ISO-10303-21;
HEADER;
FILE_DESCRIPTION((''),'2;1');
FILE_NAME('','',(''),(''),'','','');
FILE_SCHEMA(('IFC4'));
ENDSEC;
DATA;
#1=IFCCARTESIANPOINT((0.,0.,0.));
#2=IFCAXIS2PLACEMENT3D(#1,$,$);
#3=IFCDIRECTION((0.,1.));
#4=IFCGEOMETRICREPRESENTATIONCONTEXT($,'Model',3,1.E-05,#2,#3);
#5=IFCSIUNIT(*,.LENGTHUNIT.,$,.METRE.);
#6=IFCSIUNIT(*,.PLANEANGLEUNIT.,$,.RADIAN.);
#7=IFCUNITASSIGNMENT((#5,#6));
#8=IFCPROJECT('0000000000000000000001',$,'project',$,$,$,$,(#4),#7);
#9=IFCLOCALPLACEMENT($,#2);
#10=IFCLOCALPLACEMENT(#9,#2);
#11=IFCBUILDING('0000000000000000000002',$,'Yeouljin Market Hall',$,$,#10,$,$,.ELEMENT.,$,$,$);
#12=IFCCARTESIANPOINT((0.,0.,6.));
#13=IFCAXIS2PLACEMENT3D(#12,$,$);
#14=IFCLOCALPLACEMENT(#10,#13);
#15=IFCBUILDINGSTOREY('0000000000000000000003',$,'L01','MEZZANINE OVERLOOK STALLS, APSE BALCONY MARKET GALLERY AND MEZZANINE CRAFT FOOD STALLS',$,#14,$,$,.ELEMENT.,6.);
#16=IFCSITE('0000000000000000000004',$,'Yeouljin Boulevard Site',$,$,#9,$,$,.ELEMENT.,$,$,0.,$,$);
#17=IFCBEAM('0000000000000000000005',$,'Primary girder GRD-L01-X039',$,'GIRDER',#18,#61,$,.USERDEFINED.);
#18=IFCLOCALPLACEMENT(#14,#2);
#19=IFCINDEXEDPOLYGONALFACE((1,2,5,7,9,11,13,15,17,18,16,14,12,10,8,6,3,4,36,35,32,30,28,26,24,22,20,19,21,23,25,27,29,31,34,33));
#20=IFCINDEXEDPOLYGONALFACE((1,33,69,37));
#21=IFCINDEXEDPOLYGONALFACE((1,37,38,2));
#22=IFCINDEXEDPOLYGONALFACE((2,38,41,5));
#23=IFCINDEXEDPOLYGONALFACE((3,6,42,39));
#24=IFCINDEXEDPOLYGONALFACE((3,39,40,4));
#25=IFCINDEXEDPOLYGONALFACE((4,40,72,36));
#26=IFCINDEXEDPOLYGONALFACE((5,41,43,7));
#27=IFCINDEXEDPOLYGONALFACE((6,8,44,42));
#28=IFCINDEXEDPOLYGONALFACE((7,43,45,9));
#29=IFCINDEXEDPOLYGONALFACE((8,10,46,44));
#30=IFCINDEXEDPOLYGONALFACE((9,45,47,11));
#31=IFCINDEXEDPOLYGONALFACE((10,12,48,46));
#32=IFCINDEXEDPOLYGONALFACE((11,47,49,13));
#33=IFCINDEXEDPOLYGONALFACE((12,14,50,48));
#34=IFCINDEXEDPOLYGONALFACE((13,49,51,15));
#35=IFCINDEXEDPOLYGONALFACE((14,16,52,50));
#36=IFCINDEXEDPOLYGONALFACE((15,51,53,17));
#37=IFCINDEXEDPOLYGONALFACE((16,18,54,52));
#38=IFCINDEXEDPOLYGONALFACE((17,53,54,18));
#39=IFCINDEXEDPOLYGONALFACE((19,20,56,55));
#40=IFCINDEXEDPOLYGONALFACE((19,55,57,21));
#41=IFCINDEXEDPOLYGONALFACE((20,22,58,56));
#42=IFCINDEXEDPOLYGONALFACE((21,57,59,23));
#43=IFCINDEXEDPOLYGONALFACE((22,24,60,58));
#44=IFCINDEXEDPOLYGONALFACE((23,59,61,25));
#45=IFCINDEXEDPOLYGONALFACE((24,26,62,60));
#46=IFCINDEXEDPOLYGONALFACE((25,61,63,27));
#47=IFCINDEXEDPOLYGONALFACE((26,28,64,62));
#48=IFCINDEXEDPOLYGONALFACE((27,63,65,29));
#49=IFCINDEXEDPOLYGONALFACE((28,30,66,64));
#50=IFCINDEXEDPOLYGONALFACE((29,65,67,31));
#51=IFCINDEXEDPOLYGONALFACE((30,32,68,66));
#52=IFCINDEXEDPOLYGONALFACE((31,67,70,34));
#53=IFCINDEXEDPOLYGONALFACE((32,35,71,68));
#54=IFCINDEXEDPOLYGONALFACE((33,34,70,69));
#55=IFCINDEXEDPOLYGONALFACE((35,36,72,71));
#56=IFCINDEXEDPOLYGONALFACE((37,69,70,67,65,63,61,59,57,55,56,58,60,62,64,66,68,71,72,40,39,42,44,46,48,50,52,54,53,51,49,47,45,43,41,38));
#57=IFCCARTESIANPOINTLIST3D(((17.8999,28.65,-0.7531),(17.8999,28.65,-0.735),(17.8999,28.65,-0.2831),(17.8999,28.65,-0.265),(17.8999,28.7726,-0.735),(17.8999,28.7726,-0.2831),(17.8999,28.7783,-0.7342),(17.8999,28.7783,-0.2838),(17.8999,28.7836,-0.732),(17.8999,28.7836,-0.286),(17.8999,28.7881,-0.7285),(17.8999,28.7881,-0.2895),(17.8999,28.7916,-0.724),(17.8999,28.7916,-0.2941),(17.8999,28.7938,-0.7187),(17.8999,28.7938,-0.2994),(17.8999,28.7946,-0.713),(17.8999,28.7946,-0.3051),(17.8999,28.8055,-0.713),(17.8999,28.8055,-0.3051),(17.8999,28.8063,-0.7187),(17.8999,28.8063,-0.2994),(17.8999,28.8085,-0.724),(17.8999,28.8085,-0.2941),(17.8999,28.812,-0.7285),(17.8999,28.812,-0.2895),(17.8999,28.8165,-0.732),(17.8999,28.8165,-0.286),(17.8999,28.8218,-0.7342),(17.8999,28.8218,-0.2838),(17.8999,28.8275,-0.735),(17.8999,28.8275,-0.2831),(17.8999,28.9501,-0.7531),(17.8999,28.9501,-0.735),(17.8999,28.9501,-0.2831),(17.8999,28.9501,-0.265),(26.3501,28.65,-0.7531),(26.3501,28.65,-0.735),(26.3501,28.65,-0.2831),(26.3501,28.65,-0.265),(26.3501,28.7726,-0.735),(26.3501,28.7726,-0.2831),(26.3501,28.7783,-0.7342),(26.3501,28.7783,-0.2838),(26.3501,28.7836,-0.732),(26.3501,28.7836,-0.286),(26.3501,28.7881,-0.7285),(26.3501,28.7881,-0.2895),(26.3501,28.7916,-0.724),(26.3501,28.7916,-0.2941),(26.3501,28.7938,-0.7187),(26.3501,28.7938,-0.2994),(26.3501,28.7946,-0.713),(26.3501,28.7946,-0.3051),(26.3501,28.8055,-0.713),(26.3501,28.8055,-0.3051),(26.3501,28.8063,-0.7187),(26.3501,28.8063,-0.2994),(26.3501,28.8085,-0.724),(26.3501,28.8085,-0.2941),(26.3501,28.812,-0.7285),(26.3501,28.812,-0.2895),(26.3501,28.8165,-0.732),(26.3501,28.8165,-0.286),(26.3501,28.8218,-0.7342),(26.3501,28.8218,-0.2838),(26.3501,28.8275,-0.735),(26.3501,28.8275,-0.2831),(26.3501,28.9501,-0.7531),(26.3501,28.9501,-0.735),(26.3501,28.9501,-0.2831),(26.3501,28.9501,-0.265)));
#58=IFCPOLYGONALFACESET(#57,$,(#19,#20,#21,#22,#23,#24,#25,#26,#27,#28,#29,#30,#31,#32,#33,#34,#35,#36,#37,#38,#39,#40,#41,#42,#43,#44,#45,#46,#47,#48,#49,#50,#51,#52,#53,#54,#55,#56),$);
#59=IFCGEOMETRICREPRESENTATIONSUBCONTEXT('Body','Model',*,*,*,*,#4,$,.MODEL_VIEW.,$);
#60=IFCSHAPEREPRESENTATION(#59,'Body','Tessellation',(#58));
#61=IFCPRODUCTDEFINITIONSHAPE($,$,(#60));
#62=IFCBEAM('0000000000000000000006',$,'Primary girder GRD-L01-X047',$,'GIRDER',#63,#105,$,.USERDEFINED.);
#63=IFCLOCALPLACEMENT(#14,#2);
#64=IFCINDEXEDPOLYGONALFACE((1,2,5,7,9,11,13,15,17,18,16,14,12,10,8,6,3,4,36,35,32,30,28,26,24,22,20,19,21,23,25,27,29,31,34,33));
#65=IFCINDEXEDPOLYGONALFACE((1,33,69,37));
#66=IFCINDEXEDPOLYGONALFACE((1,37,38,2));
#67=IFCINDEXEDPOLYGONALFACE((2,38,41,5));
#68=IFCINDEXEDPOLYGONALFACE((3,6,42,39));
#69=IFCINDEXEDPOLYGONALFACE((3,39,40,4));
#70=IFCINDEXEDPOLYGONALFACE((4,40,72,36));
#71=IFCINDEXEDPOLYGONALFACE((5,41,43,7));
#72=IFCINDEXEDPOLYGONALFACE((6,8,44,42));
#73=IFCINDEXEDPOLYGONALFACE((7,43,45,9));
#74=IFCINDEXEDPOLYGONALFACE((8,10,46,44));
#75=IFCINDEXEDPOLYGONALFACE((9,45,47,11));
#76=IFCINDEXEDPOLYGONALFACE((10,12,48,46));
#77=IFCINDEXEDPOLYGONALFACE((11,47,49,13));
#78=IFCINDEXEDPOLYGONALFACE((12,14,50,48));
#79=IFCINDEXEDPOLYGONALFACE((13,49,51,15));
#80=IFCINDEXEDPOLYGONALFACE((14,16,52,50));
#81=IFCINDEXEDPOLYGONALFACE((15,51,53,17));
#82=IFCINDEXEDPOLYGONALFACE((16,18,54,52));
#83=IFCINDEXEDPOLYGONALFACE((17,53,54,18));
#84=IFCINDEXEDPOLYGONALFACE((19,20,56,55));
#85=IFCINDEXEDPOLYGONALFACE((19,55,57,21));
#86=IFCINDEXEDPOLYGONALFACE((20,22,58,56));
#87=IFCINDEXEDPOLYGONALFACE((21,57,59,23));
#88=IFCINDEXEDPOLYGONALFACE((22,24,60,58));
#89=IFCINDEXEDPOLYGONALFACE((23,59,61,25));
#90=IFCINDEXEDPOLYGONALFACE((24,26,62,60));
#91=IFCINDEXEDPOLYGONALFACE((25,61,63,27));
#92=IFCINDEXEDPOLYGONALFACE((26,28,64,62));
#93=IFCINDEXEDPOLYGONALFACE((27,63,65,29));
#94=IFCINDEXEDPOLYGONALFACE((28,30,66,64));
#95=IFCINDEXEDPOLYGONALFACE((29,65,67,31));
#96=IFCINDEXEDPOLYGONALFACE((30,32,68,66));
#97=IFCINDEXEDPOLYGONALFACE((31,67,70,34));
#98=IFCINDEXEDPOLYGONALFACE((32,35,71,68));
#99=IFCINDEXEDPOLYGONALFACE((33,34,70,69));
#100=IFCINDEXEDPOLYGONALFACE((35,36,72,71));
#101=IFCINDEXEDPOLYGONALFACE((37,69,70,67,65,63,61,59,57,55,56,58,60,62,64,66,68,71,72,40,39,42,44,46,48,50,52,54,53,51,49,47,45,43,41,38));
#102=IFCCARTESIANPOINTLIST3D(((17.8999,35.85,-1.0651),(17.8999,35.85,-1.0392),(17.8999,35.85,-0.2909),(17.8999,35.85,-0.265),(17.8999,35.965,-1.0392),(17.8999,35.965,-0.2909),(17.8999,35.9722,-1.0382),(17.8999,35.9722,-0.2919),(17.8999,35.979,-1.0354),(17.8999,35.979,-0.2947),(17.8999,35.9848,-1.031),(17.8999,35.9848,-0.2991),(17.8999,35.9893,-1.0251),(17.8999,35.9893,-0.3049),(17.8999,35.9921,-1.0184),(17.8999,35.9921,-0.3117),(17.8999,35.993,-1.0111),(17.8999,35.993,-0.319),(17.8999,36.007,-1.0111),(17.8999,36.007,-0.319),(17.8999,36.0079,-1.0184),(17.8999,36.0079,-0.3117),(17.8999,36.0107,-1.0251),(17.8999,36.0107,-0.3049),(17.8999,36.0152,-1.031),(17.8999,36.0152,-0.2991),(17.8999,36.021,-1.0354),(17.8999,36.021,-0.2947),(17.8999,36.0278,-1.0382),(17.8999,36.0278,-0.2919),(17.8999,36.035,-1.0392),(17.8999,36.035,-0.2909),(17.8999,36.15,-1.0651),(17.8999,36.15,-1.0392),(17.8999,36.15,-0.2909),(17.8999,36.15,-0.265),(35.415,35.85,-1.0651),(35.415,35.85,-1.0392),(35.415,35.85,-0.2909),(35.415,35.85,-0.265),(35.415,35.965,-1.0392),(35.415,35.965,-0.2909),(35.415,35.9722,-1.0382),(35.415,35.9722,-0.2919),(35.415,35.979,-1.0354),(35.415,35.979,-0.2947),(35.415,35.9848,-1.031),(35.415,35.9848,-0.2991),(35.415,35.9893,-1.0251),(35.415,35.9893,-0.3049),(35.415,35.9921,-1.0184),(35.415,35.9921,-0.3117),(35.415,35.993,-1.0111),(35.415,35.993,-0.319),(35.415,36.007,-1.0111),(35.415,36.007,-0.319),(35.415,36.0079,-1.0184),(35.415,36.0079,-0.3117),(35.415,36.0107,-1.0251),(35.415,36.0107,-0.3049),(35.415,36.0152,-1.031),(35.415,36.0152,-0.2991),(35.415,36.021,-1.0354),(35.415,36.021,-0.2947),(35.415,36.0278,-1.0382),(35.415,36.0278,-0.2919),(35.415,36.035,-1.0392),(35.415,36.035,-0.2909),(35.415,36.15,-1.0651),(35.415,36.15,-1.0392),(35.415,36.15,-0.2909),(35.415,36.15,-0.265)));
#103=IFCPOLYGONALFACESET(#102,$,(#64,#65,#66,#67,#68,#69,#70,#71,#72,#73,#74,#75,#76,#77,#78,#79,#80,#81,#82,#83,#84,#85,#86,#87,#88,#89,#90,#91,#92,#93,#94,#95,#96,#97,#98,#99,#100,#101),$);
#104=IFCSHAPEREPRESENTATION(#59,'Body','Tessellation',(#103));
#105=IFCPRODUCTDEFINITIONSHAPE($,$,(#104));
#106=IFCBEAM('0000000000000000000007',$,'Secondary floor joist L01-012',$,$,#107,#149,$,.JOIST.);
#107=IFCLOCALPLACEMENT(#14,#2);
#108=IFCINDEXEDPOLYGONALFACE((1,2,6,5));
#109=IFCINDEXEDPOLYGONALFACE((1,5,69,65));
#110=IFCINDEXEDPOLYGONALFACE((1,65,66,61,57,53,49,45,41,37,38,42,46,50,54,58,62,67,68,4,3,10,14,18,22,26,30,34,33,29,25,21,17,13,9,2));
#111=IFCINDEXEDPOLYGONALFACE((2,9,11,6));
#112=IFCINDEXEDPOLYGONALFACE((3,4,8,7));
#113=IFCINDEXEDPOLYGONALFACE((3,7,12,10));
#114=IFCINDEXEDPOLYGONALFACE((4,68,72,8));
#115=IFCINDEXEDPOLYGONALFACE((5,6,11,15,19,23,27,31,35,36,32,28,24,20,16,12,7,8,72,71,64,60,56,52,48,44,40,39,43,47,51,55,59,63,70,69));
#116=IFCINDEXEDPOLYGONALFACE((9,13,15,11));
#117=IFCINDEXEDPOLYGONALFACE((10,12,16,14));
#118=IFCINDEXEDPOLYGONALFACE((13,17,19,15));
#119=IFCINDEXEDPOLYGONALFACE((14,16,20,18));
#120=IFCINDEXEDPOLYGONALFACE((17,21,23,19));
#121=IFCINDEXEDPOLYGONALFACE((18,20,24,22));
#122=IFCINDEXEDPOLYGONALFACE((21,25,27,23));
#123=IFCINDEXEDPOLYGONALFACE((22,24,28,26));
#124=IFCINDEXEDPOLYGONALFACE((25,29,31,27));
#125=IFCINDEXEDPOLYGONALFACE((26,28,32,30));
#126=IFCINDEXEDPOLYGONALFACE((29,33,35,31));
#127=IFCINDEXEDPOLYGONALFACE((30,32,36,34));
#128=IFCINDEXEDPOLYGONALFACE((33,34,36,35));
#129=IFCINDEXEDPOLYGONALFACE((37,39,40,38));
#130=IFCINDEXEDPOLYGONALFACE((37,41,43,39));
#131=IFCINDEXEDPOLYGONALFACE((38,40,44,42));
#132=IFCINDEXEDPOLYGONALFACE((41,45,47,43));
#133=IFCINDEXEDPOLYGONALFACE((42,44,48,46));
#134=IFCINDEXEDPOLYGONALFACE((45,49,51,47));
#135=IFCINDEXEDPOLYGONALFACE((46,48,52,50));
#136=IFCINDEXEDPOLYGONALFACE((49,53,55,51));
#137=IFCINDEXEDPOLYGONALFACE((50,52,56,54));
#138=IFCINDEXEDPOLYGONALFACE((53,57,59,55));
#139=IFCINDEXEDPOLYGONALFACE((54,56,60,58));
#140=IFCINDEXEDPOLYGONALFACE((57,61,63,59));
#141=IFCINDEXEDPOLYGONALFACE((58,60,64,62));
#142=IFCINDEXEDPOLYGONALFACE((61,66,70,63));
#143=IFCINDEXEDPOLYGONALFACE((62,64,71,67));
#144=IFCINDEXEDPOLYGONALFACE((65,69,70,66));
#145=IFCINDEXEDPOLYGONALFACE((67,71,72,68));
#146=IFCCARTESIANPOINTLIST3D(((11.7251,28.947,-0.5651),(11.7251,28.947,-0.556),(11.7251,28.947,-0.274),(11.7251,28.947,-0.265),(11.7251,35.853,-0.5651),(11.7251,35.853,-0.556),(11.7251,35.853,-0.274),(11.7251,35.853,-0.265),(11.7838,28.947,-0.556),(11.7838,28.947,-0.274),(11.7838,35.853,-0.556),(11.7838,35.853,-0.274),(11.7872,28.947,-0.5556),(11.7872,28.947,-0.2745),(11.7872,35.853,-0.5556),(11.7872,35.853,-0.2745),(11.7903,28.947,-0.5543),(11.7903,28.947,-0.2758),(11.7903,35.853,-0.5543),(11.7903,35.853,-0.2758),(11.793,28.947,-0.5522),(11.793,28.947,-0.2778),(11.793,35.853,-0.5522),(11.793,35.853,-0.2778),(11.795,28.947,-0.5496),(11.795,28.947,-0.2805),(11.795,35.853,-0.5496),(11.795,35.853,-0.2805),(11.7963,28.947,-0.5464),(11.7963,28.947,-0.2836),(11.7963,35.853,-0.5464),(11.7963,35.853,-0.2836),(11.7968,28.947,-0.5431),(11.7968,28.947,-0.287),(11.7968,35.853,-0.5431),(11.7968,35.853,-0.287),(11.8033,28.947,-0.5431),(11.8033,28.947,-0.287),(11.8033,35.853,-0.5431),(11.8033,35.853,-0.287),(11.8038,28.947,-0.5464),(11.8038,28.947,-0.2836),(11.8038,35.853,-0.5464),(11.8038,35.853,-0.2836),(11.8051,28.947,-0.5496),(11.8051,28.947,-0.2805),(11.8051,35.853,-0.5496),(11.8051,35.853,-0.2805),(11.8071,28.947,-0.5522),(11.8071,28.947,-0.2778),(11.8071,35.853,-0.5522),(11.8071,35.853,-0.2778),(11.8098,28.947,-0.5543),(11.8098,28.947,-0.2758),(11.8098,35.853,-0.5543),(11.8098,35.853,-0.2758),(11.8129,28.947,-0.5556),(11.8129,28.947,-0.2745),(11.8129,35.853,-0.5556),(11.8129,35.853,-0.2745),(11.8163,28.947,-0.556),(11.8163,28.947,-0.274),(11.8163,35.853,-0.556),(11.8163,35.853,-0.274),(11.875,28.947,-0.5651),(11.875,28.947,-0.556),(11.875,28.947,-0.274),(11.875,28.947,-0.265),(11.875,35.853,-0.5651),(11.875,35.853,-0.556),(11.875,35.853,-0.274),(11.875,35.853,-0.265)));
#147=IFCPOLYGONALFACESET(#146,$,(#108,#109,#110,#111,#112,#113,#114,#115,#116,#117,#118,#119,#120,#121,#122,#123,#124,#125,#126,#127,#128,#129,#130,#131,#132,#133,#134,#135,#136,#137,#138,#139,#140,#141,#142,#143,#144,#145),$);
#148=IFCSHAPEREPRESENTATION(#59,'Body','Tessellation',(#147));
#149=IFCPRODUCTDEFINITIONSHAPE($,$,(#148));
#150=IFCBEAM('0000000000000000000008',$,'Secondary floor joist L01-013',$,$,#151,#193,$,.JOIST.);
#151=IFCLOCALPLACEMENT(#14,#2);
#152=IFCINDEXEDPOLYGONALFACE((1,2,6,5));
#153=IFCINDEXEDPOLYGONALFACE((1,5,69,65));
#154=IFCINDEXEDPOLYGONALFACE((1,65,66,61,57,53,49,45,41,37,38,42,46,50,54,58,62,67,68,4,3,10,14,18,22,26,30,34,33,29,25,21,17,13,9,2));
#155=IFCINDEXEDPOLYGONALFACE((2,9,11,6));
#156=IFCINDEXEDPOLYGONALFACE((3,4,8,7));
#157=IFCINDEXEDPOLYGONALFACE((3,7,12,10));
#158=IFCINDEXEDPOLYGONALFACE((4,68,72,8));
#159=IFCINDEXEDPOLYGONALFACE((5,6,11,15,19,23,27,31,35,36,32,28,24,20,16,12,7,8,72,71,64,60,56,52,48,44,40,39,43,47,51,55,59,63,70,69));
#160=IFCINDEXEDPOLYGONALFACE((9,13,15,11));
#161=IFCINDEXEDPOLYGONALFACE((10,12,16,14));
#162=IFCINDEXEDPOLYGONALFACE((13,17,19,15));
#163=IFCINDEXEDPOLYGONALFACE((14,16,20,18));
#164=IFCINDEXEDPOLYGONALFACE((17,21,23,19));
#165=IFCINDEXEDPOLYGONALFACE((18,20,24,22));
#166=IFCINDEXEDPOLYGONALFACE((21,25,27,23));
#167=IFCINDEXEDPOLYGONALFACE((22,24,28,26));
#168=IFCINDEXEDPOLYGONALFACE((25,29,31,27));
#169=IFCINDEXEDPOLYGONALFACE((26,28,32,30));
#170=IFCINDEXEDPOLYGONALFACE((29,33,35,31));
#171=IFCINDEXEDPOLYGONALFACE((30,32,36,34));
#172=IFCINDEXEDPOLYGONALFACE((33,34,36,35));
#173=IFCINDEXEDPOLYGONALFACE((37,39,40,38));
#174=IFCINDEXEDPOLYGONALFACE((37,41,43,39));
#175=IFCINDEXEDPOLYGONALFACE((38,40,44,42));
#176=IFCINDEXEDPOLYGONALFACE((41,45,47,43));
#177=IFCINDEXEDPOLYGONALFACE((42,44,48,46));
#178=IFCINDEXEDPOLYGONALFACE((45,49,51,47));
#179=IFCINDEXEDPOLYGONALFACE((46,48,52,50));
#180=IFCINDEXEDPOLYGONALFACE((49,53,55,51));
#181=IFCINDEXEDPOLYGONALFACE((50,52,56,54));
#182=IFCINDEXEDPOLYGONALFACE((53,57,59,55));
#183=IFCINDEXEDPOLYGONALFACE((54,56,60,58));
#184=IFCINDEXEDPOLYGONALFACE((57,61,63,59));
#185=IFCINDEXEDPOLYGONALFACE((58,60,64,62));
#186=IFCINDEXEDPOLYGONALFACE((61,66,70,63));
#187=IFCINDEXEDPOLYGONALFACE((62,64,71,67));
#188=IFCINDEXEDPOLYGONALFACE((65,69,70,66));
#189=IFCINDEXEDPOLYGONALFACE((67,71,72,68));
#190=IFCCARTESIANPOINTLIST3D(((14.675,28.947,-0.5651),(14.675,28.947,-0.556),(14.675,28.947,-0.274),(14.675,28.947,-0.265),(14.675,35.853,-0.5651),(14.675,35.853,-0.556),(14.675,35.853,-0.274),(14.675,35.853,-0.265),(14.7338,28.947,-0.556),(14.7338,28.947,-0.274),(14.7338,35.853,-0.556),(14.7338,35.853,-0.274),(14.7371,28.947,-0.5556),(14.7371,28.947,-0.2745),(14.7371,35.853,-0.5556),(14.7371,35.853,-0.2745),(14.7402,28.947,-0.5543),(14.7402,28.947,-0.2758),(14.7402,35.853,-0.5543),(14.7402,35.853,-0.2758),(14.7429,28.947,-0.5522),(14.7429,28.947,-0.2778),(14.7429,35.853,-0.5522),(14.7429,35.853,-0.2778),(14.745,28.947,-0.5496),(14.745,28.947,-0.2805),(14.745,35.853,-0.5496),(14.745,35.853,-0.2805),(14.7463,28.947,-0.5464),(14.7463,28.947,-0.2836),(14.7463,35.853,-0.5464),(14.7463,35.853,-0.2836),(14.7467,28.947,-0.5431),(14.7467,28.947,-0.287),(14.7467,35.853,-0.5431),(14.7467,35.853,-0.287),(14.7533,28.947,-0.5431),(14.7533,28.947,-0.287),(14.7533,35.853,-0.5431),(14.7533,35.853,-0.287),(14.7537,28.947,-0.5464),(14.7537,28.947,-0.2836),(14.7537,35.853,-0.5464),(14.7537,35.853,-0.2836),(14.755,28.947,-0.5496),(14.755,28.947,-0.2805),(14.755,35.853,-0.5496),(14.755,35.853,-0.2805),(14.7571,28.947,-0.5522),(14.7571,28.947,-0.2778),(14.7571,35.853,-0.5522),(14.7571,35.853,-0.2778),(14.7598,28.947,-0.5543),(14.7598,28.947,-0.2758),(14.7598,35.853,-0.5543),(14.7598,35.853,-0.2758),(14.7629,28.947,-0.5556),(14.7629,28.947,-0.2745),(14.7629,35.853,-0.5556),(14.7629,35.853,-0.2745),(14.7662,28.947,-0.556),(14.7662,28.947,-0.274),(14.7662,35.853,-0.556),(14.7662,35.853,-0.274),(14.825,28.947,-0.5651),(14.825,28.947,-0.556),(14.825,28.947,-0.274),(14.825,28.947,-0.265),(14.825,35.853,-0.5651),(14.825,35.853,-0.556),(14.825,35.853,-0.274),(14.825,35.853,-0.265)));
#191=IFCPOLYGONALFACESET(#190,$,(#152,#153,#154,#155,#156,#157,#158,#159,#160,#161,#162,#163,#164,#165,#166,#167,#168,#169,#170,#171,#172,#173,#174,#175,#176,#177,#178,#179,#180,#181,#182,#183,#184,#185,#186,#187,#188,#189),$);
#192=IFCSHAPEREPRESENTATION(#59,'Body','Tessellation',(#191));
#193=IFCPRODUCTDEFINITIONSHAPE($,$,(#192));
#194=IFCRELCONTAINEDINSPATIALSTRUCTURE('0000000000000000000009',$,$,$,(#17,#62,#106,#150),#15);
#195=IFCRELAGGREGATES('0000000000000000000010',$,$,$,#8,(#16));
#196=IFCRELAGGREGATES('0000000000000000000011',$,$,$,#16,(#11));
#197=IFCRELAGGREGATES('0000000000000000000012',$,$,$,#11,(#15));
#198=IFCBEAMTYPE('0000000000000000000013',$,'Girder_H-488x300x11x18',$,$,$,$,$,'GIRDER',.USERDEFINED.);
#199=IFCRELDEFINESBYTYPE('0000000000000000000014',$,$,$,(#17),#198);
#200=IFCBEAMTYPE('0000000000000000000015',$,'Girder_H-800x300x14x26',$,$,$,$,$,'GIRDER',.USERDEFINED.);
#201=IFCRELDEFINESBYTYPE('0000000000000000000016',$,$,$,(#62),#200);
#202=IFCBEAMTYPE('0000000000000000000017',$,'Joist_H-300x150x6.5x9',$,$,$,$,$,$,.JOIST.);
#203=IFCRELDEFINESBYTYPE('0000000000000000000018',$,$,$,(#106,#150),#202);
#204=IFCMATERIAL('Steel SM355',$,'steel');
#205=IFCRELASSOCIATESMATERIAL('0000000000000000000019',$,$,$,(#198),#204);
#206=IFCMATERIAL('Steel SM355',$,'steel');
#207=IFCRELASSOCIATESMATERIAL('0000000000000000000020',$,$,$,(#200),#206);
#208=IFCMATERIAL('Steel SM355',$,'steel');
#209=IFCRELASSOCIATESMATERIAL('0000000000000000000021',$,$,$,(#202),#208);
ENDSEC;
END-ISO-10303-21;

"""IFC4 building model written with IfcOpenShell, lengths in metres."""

from ifc_helpers import new_model, si_unit, direction, frame, origin, origin_2d, place, context, subcontext, project, spatial, i_section, extrude, material, material_profile, profile_set, type_object, element, save


model = new_model("IFC4")

# Units and contexts
model_context = context("Model", 3, precision=1e-05, world=origin(), true_north=direction((0.0, 1.0)))
body_context = subcontext(model_context, "Body", "Model", "MODEL_VIEW")
ifc_project = project(units=[si_unit("LENGTHUNIT", "METRE"), si_unit("PLANEANGLEUNIT", "RADIAN")], contexts=[model_context])

# Site, building, storey
site_placement = place(None, origin())
site = spatial("IfcSite", under=ifc_project, at=site_placement, Name="Yeouljin Boulevard Site", CompositionType="ELEMENT", RefElevation=0.0)
building_placement = place(site_placement, origin())
building = spatial("IfcBuilding", under=site, at=building_placement, Name="Yeouljin Market Hall", CompositionType="ELEMENT")
storey_placement = place(building_placement, frame((0.0, 0.0, 6.0)))
storey = spatial("IfcBuildingStorey", under=building, at=storey_placement, Name="L01", Description="MEZZANINE OVERLOOK STALLS, APSE BALCONY MARKET GALLERY AND MEZZANINE CRAFT FOOD STALLS", CompositionType="ELEMENT", Elevation=6.0)

# Beams
ifc_material_1 = material(Name="Steel SM355", Category="steel")
ifc_material_profile_1 = material_profile(ifc_material_1, i_section(OverallWidth=0.3, OverallDepth=0.488, WebThickness=0.011, FlangeThickness=0.0181, FilletRadius=0.022, at=origin_2d()), Name="H-488x300x11x18")
ifc_profile_set_1 = profile_set([ifc_material_profile_1], Name="Steel SM355")
beam_type_1 = type_object("IfcBeamType", Name="Girder_H-488x300x11x18", ElementType="GIRDER", PredefinedType="USERDEFINED", material=ifc_profile_set_1)
beam_1_placement = place(storey_placement, frame((17.8999, 28.8, -0.509), z_axis=(1.0, 0.0, 0.0), x_axis=(0.0, 1.0, 0.0)))
element("IfcBeam", 1, at=beam_1_placement, inside=storey, type_object=beam_type_1, Name="Primary girder GRD-L01-X039", ObjectType="GIRDER", PredefinedType="USERDEFINED", context=body_context, shape_type="SweptSolid", body=[
    extrude(i_section(OverallWidth=0.3, OverallDepth=0.488, WebThickness=0.011, FlangeThickness=0.0181, FilletRadius=0.022, at=origin_2d()), origin(), (0.0, 0.0, 1.0), 8.4502),
])
ifc_material_2 = material(Name="Steel SM355", Category="steel")
ifc_material_profile_2 = material_profile(ifc_material_2, i_section(OverallWidth=0.3, OverallDepth=0.8, WebThickness=0.0139, FlangeThickness=0.0259, FilletRadius=0.0281, at=origin_2d()), Name="H-800x300x14x26")
ifc_profile_set_2 = profile_set([ifc_material_profile_2], Name="Steel SM355")
beam_type_2 = type_object("IfcBeamType", Name="Girder_H-800x300x14x26", ElementType="GIRDER", PredefinedType="USERDEFINED", material=ifc_profile_set_2)
beam_2_placement = place(storey_placement, frame((17.8999, 36.0, -0.665), z_axis=(1.0, 0.0, 0.0), x_axis=(0.0, 1.0, 0.0)))
element("IfcBeam", 2, at=beam_2_placement, inside=storey, type_object=beam_type_2, Name="Primary girder GRD-L01-X047", ObjectType="GIRDER", PredefinedType="USERDEFINED", context=body_context, shape_type="SweptSolid", body=[
    extrude(i_section(OverallWidth=0.3, OverallDepth=0.8, WebThickness=0.0139, FlangeThickness=0.0259, FilletRadius=0.0281, at=origin_2d()), origin(), (0.0, 0.0, 1.0), 17.5151),
])
ifc_material_3 = material(Name="Steel SM355", Category="steel")
ifc_material_profile_3 = material_profile(ifc_material_3, i_section(OverallWidth=0.1499, OverallDepth=0.3, WebThickness=0.0066, FlangeThickness=0.009, FilletRadius=0.0129, at=origin_2d()), Name="H-300x150x6.5x9")
ifc_profile_set_3 = profile_set([ifc_material_profile_3], Name="Steel SM355")
beam_type_3 = type_object("IfcBeamType", Name="Joist_H-300x150x6.5x9", PredefinedType="JOIST", material=ifc_profile_set_3)
for number, where, z_axis, x_axis, name in (
    (3, (11.8, 28.947, -0.415), (0.0, 1.0, 0.0), (-1.0, 0.0, 0.0), "Secondary floor joist L01-012"),
    (4, (14.75, 28.947, -0.415), (0.0, 1.0, 0.0), (-1.0, 0.0, 0.0), "Secondary floor joist L01-013"),
):
    element("IfcBeam", number, at=place(storey_placement, frame(where, z_axis=z_axis, x_axis=x_axis)), inside=storey, type_object=beam_type_3, Name=name, PredefinedType="JOIST", context=body_context, shape_type="SweptSolid", body=[
        extrude(i_section(OverallWidth=0.1499, OverallDepth=0.3, WebThickness=0.0066, FlangeThickness=0.009, FilletRadius=0.0129, at=origin_2d()), origin(), (0.0, 0.0, 1.0), 6.906),
    ])

save(model, "model.ifc")
